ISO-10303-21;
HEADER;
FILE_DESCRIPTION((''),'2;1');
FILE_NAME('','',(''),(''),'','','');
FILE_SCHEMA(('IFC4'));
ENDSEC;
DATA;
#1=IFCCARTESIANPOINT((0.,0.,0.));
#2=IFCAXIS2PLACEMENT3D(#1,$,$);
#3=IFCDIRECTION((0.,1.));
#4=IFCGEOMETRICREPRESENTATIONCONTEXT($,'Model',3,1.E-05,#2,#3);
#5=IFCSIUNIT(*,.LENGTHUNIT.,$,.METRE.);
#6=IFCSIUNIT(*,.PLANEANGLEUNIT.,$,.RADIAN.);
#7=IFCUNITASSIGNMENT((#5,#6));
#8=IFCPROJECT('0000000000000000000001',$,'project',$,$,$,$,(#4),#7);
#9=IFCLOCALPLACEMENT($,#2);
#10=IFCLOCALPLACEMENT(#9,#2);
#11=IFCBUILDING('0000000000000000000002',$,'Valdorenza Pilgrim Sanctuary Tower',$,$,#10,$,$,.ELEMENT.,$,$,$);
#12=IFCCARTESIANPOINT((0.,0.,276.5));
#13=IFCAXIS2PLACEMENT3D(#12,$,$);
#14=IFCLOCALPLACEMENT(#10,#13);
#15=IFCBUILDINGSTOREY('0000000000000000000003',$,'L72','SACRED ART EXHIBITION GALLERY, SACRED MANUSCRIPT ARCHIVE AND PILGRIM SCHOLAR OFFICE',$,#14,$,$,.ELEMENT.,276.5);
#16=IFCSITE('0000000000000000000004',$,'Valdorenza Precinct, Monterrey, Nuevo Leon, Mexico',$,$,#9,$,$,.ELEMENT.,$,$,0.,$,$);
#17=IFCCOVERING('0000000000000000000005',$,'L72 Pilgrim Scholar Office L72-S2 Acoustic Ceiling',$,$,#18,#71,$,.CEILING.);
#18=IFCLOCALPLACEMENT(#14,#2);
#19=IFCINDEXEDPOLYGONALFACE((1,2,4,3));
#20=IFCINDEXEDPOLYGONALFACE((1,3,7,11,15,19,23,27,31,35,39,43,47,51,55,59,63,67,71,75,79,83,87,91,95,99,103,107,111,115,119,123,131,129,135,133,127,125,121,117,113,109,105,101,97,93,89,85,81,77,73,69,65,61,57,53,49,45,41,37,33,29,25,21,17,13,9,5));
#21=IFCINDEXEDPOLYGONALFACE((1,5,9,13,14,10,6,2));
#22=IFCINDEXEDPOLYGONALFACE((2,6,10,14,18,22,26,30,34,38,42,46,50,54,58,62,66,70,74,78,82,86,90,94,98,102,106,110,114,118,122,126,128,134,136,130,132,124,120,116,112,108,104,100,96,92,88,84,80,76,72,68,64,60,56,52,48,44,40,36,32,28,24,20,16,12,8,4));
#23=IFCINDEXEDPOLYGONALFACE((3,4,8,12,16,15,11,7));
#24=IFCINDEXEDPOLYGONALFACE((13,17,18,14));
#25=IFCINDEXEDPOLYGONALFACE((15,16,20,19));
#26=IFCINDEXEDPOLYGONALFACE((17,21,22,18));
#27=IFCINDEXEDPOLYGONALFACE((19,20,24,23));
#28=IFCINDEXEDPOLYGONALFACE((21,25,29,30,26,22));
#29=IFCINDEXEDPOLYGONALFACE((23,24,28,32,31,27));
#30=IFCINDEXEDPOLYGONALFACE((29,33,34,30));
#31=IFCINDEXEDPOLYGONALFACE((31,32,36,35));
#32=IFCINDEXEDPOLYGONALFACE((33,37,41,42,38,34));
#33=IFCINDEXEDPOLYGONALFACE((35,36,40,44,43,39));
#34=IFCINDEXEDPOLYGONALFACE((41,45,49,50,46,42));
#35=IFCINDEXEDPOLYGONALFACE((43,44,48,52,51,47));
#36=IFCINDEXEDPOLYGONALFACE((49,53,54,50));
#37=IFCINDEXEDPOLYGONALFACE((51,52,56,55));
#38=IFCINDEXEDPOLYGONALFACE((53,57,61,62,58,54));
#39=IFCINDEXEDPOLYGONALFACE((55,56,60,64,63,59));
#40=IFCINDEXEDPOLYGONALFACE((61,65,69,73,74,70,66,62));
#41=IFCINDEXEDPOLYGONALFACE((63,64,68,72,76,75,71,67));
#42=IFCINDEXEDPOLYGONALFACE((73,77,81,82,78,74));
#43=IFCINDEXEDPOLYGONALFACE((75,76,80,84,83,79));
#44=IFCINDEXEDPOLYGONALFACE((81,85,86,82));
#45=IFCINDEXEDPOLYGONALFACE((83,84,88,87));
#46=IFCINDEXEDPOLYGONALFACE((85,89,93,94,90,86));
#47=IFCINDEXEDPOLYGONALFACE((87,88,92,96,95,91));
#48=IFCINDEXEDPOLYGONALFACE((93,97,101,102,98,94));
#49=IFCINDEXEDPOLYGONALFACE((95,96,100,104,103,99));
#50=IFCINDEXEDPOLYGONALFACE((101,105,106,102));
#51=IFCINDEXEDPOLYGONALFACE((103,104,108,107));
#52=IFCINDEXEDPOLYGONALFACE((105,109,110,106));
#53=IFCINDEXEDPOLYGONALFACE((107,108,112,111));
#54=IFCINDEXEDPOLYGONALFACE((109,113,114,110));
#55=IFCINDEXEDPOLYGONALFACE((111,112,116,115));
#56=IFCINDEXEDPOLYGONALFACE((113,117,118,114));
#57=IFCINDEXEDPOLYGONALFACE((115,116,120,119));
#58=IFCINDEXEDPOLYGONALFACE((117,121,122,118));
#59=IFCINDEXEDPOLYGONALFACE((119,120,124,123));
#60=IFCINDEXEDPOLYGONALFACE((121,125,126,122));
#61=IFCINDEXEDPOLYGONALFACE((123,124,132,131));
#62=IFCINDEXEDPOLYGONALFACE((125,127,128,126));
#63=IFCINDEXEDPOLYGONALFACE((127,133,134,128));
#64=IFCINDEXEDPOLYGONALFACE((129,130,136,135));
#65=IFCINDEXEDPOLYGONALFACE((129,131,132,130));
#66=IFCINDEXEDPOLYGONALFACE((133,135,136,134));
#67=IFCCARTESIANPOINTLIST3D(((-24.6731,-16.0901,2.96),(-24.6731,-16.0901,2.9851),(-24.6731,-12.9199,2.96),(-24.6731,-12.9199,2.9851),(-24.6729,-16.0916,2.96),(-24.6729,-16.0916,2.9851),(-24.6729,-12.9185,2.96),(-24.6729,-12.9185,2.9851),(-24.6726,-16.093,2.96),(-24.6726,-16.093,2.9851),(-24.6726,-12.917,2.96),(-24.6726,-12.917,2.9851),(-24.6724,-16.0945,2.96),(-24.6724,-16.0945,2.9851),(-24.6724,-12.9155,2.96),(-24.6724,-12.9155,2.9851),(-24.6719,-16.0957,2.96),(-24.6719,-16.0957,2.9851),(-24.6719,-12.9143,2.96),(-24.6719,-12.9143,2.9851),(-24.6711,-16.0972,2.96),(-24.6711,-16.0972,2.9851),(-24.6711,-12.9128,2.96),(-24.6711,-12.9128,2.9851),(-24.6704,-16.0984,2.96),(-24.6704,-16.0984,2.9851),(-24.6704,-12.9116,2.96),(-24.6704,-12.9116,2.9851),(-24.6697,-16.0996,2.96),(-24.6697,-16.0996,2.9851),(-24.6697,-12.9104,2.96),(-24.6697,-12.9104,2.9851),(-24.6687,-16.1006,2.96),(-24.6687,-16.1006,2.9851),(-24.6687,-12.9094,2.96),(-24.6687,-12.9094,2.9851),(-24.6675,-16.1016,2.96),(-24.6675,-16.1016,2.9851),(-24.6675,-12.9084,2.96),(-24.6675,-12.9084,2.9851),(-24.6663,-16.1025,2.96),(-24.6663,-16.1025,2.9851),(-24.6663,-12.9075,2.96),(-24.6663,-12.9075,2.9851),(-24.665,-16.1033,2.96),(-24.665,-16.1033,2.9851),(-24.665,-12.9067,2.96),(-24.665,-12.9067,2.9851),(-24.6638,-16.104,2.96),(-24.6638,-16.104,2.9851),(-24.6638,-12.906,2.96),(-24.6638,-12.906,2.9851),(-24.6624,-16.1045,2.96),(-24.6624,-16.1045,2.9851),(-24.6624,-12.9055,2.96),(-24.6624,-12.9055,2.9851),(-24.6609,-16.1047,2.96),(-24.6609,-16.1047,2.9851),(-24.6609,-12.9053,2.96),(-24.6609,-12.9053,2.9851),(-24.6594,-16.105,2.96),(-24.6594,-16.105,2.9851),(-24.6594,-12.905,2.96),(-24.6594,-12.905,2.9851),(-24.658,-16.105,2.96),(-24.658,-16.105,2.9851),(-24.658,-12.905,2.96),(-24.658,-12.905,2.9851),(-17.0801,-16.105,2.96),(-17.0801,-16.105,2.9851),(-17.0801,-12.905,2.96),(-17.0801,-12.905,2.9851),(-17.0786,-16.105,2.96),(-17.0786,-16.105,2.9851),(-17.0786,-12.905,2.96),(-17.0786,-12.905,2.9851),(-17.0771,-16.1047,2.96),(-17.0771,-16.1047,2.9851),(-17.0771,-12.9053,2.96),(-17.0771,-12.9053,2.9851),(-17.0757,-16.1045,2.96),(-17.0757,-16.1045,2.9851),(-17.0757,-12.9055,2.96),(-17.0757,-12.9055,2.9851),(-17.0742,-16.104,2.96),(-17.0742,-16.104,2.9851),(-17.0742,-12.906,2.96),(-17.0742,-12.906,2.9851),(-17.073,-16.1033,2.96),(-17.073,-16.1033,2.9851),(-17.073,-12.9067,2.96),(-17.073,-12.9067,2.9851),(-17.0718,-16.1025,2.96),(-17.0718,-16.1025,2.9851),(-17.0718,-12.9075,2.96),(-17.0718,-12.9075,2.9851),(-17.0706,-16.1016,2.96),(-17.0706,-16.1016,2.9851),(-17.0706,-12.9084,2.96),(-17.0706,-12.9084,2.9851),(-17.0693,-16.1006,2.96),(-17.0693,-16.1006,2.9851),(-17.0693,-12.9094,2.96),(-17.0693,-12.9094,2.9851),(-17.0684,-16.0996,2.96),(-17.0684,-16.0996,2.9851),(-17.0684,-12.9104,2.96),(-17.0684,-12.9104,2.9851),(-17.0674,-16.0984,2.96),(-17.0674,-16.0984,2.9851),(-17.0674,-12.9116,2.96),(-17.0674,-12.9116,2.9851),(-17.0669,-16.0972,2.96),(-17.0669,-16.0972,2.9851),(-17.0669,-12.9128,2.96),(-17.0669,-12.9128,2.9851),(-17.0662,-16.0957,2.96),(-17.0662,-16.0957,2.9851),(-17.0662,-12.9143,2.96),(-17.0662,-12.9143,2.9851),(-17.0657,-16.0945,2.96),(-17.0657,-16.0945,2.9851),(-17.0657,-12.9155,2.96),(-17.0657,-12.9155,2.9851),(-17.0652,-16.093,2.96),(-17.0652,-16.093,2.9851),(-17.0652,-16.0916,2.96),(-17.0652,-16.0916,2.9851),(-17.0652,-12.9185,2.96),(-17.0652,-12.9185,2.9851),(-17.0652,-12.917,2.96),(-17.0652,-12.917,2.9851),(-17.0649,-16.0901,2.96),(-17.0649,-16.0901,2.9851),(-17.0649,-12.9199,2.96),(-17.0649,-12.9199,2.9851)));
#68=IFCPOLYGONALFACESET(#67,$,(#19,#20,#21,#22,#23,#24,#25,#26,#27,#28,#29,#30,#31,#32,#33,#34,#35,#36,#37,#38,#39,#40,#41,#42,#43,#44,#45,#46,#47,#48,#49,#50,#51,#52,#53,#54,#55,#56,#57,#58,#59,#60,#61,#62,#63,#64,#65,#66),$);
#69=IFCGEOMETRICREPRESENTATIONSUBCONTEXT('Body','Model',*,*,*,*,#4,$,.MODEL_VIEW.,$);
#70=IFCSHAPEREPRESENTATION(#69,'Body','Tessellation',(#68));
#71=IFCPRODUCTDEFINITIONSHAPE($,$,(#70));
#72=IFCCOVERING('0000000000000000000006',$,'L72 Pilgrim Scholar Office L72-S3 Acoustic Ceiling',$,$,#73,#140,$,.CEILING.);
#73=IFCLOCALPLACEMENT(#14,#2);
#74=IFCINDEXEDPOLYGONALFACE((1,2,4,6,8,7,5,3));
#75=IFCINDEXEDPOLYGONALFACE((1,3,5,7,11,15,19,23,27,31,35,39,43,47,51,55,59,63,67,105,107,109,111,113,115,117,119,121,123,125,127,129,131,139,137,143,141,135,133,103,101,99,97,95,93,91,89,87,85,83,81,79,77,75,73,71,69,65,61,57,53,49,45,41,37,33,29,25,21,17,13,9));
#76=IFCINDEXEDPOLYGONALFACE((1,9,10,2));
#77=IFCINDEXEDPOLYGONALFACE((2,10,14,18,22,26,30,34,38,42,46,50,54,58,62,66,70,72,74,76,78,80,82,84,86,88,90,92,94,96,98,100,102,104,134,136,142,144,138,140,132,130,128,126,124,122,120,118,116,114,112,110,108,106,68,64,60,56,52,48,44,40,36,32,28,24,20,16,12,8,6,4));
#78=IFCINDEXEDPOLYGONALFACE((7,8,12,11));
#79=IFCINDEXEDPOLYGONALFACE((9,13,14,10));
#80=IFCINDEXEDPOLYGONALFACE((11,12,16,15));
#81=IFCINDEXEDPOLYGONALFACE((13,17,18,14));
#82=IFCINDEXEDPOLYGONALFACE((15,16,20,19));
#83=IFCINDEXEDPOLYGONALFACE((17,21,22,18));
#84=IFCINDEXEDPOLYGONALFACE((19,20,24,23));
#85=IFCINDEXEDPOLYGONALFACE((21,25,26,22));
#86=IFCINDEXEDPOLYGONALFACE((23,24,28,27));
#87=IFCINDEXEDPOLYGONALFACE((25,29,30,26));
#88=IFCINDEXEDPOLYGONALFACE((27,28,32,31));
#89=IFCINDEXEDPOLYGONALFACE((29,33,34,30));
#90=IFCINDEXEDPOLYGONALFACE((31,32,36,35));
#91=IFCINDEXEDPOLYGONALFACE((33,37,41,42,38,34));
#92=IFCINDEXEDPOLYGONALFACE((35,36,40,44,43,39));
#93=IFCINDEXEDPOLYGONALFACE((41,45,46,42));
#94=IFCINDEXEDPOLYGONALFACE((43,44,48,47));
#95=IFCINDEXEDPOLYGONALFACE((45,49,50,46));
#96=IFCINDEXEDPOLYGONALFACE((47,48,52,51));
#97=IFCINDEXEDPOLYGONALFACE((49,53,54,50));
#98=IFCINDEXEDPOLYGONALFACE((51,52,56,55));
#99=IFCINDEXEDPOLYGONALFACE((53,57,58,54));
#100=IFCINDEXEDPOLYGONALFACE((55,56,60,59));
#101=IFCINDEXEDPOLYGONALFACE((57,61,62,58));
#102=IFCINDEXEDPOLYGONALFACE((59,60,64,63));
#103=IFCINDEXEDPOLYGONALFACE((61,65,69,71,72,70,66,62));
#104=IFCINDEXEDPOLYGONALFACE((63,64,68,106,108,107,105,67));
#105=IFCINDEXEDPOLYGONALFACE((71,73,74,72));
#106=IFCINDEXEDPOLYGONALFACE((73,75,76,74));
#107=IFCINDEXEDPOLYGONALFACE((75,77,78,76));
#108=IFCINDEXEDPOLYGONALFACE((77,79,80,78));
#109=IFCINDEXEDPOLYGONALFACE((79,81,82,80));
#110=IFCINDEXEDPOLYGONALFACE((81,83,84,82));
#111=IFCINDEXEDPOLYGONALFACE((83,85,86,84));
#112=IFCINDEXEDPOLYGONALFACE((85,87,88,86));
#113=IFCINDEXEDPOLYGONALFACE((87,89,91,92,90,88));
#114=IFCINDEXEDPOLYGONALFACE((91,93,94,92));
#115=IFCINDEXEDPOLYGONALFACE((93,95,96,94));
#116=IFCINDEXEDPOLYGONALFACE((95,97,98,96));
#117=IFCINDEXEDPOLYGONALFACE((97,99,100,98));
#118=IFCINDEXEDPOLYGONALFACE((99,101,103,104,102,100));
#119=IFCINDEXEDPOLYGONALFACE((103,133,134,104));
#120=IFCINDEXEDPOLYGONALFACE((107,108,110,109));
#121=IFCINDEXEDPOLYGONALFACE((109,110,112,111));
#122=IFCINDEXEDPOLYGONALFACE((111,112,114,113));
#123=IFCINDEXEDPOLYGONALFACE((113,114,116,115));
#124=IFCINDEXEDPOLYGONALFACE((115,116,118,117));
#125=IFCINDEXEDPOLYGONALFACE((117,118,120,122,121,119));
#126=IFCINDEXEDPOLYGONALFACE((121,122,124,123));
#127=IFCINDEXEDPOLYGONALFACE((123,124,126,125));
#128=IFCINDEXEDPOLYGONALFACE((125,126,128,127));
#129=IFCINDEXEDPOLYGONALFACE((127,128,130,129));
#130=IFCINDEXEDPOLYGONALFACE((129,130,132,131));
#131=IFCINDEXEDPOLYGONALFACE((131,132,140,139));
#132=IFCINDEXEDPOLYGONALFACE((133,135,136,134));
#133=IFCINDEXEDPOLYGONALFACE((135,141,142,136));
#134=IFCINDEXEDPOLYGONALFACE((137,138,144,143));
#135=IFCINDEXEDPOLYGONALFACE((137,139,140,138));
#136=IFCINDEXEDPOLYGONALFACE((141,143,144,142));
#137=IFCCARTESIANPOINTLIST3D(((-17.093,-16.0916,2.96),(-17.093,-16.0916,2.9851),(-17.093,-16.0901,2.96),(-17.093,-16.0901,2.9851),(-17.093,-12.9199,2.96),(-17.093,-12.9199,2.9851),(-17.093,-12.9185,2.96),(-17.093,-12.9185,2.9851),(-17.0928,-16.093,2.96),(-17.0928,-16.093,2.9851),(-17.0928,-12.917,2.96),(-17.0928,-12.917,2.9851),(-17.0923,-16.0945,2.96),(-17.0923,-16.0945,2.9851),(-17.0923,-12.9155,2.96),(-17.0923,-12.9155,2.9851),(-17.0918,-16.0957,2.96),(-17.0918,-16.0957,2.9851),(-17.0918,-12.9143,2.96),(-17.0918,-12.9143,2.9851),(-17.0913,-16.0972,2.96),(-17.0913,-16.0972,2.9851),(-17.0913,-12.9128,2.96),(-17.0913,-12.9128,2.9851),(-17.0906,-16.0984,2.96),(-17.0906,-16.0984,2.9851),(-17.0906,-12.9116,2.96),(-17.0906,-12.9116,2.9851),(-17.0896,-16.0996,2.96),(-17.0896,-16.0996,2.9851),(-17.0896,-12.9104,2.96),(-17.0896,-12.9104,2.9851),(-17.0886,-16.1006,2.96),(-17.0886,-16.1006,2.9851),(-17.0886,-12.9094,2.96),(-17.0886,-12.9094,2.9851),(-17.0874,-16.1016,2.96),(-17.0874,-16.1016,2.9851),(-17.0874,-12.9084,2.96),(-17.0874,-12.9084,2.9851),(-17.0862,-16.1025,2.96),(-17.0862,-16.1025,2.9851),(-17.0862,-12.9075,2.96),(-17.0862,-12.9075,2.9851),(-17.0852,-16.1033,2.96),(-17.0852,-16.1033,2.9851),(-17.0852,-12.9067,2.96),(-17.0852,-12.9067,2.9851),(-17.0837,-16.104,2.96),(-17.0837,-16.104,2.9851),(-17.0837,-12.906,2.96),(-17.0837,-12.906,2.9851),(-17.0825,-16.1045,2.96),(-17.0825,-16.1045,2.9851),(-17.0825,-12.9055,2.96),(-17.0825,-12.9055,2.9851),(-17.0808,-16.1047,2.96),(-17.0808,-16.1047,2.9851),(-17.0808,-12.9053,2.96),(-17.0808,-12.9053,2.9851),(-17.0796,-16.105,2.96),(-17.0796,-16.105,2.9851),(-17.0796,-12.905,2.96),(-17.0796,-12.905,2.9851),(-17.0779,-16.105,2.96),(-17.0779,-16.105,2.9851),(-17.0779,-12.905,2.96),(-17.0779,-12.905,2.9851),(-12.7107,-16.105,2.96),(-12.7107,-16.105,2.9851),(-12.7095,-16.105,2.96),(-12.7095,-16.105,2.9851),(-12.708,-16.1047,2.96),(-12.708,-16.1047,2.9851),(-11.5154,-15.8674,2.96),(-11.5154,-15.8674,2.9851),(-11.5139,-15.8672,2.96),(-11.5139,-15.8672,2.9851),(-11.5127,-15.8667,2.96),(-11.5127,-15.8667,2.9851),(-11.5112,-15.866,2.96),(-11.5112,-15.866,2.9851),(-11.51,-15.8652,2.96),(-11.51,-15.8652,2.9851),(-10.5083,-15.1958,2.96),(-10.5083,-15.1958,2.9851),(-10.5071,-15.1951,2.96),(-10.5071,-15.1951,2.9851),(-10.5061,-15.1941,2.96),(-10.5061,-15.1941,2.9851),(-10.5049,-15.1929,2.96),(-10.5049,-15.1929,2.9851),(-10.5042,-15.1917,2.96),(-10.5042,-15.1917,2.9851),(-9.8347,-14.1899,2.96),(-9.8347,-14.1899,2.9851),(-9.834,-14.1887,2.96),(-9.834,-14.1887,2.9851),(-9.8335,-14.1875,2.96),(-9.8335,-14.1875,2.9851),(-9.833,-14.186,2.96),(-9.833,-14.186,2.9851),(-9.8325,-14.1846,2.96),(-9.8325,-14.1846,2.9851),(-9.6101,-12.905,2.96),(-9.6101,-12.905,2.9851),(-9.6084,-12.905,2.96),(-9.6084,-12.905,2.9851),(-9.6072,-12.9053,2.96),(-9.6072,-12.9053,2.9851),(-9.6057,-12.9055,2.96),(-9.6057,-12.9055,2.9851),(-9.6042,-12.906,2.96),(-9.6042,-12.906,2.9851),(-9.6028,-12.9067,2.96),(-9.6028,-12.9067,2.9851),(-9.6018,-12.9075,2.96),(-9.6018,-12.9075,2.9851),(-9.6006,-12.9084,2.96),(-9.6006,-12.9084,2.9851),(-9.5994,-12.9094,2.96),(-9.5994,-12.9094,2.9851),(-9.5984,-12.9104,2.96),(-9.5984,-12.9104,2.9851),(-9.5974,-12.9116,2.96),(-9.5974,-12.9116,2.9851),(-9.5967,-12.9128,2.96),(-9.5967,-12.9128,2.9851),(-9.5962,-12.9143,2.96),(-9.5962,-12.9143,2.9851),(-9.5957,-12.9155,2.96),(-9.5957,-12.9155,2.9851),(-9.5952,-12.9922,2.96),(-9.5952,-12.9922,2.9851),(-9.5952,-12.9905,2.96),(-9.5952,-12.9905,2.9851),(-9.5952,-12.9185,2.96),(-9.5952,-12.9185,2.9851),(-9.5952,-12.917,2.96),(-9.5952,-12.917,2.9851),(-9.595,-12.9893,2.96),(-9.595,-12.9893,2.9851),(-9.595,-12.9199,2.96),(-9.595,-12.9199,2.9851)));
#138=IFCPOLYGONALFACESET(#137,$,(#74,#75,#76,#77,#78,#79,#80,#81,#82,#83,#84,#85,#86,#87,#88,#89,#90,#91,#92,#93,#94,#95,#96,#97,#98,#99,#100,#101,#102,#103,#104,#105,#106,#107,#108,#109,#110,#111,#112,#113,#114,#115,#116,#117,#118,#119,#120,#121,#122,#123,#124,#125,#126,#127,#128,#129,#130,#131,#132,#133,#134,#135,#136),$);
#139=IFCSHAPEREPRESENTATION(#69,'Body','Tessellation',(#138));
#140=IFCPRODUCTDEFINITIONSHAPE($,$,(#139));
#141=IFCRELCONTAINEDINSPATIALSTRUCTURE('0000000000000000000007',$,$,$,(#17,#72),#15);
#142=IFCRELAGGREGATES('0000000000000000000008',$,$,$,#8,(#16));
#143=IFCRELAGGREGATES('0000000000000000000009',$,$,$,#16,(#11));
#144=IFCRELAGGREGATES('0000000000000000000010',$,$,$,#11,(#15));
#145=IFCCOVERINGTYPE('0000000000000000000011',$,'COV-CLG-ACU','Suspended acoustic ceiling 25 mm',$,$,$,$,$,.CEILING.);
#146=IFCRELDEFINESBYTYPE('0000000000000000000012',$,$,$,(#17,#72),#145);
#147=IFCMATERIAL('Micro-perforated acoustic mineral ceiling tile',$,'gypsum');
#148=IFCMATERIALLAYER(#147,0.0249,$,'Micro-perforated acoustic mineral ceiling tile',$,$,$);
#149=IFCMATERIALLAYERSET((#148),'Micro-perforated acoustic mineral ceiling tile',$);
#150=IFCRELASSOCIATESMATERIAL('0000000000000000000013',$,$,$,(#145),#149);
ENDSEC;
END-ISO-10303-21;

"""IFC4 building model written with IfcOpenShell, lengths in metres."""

from ifc_helpers import new_model, si_unit, direction, frame, origin, place, context, subcontext, project, spatial, polyline, outline, extrude, material, layer, layer_set, type_object, element, save


model = new_model("IFC4")

# Units and contexts
model_context = context("Model", 3, precision=1e-05, world=origin(), true_north=direction((0.0, 1.0)))
body_context = subcontext(model_context, "Body", "Model", "MODEL_VIEW")
ifc_project = project(units=[si_unit("LENGTHUNIT", "METRE"), si_unit("PLANEANGLEUNIT", "RADIAN")], contexts=[model_context])

# Site, building, storey
site_placement = place(None, origin())
site = spatial("IfcSite", under=ifc_project, at=site_placement, Name="Valdorenza Precinct, Monterrey, Nuevo Leon, Mexico", CompositionType="ELEMENT", RefElevation=0.0)
building_placement = place(site_placement, origin())
building = spatial("IfcBuilding", under=site, at=building_placement, Name="Valdorenza Pilgrim Sanctuary Tower", CompositionType="ELEMENT")
storey_placement = place(building_placement, frame((0.0, 0.0, 276.5)))
storey = spatial("IfcBuildingStorey", under=building, at=storey_placement, Name="L72", Description="SACRED ART EXHIBITION GALLERY, SACRED MANUSCRIPT ARCHIVE AND PILGRIM SCHOLAR OFFICE", CompositionType="ELEMENT", Elevation=276.5)

# Coverings
ifc_material_1 = material(Name="Micro-perforated acoustic mineral ceiling tile", Category="gypsum")
ifc_layer_1 = layer(ifc_material_1, 0.0249, Name="Micro-perforated acoustic mineral ceiling tile")
ifc_layer_set_1 = layer_set([ifc_layer_1], Name="Micro-perforated acoustic mineral ceiling tile")
covering_type_1 = type_object("IfcCoveringType", Name="COV-CLG-ACU", Description="Suspended acoustic ceiling 25 mm", PredefinedType="CEILING", material=ifc_layer_set_1)
covering_1_placement = place(storey_placement, frame((0.0, 0.0, 2.96)))
element("IfcCovering", 1, at=covering_1_placement, inside=storey, type_object=covering_type_1, Name="L72 Pilgrim Scholar Office L72-S2 Acoustic Ceiling", PredefinedType="CEILING", context=body_context, shape_type="SweptSolid", body=[
    extrude(outline(polyline([(-17.0801, -12.905), (-17.0786, -12.905), (-17.0771, -12.9053), (-17.0757, -12.9055), (-17.0742, -12.906), (-17.073, -12.9067), (-17.0718, -12.9075), (-17.0706, -12.9084), (-17.0693, -12.9094), (-17.0684, -12.9104), (-17.0674, -12.9116), (-17.0669, -12.9128), (-17.0662, -12.9143), (-17.0657, -12.9155), (-17.0652, -12.917), (-17.0652, -12.9185), (-17.0649, -12.9199), (-17.0649, -16.0901), (-17.0652, -16.0916), (-17.0652, -16.093), (-17.0657, -16.0945), (-17.0662, -16.0957), (-17.0669, -16.0972), (-17.0674, -16.0984), (-17.0684, -16.0996), (-17.0693, -16.1006), (-17.0706, -16.1016), (-17.0718, -16.1025), (-17.073, -16.1033), (-17.0742, -16.104), (-17.0757, -16.1045), (-17.0771, -16.1047), (-17.0786, -16.105), (-17.0801, -16.105), (-24.658, -16.105), (-24.6594, -16.105), (-24.6609, -16.1047), (-24.6624, -16.1045), (-24.6638, -16.104), (-24.665, -16.1033), (-24.6663, -16.1025), (-24.6675, -16.1016), (-24.6687, -16.1006), (-24.6697, -16.0996), (-24.6704, -16.0984), (-24.6711, -16.0972), (-24.6719, -16.0957), (-24.6724, -16.0945), (-24.6726, -16.093), (-24.6729, -16.0916), (-24.6731, -16.0901), (-24.6731, -12.9199), (-24.6729, -12.9185), (-24.6726, -12.917), (-24.6724, -12.9155), (-24.6719, -12.9143), (-24.6711, -12.9128), (-24.6704, -12.9116), (-24.6697, -12.9104), (-24.6687, -12.9094), (-24.6675, -12.9084), (-24.6663, -12.9075), (-24.665, -12.9067), (-24.6638, -12.906), (-24.6624, -12.9055), (-24.6609, -12.9053), (-24.6594, -12.905), (-24.658, -12.905), (-17.0801, -12.905)])), origin(), (0.0, 0.0, 1.0), 0.0251),
])
covering_2_placement = place(storey_placement, frame((0.0, 0.0, 2.96)))
element("IfcCovering", 2, at=covering_2_placement, inside=storey, type_object=covering_type_1, Name="L72 Pilgrim Scholar Office L72-S3 Acoustic Ceiling", PredefinedType="CEILING", context=body_context, shape_type="SweptSolid", body=[
    extrude(outline(polyline([(-9.6101, -12.905), (-9.6084, -12.905), (-9.6072, -12.9053), (-9.6057, -12.9055), (-9.6042, -12.906), (-9.6028, -12.9067), (-9.6018, -12.9075), (-9.6006, -12.9084), (-9.5994, -12.9094), (-9.5984, -12.9104), (-9.5974, -12.9116), (-9.5967, -12.9128), (-9.5962, -12.9143), (-9.5957, -12.9155), (-9.5952, -12.917), (-9.5952, -12.9185), (-9.595, -12.9199), (-9.595, -12.9893), (-9.5952, -12.9905), (-9.5952, -12.9922), (-9.8325, -14.1846), (-9.833, -14.186), (-9.8335, -14.1875), (-9.834, -14.1887), (-9.8347, -14.1899), (-10.5042, -15.1917), (-10.5049, -15.1929), (-10.5061, -15.1941), (-10.5071, -15.1951), (-10.5083, -15.1958), (-11.51, -15.8652), (-11.5112, -15.866), (-11.5127, -15.8667), (-11.5139, -15.8672), (-11.5154, -15.8674), (-12.708, -16.1047), (-12.7095, -16.105), (-12.7107, -16.105), (-17.0779, -16.105), (-17.0796, -16.105), (-17.0808, -16.1047), (-17.0825, -16.1045), (-17.0837, -16.104), (-17.0852, -16.1033), (-17.0862, -16.1025), (-17.0874, -16.1016), (-17.0886, -16.1006), (-17.0896, -16.0996), (-17.0906, -16.0984), (-17.0913, -16.0972), (-17.0918, -16.0957), (-17.0923, -16.0945), (-17.0928, -16.093), (-17.093, -16.0916), (-17.093, -16.0901), (-17.093, -12.9199), (-17.093, -12.9185), (-17.0928, -12.917), (-17.0923, -12.9155), (-17.0918, -12.9143), (-17.0913, -12.9128), (-17.0906, -12.9116), (-17.0896, -12.9104), (-17.0886, -12.9094), (-17.0874, -12.9084), (-17.0862, -12.9075), (-17.0852, -12.9067), (-17.0837, -12.906), (-17.0825, -12.9055), (-17.0808, -12.9053), (-17.0796, -12.905), (-17.0779, -12.905), (-9.6101, -12.905)])), origin(), (0.0, 0.0, 1.0), 0.0251),
])

save(model, "model.ifc")
